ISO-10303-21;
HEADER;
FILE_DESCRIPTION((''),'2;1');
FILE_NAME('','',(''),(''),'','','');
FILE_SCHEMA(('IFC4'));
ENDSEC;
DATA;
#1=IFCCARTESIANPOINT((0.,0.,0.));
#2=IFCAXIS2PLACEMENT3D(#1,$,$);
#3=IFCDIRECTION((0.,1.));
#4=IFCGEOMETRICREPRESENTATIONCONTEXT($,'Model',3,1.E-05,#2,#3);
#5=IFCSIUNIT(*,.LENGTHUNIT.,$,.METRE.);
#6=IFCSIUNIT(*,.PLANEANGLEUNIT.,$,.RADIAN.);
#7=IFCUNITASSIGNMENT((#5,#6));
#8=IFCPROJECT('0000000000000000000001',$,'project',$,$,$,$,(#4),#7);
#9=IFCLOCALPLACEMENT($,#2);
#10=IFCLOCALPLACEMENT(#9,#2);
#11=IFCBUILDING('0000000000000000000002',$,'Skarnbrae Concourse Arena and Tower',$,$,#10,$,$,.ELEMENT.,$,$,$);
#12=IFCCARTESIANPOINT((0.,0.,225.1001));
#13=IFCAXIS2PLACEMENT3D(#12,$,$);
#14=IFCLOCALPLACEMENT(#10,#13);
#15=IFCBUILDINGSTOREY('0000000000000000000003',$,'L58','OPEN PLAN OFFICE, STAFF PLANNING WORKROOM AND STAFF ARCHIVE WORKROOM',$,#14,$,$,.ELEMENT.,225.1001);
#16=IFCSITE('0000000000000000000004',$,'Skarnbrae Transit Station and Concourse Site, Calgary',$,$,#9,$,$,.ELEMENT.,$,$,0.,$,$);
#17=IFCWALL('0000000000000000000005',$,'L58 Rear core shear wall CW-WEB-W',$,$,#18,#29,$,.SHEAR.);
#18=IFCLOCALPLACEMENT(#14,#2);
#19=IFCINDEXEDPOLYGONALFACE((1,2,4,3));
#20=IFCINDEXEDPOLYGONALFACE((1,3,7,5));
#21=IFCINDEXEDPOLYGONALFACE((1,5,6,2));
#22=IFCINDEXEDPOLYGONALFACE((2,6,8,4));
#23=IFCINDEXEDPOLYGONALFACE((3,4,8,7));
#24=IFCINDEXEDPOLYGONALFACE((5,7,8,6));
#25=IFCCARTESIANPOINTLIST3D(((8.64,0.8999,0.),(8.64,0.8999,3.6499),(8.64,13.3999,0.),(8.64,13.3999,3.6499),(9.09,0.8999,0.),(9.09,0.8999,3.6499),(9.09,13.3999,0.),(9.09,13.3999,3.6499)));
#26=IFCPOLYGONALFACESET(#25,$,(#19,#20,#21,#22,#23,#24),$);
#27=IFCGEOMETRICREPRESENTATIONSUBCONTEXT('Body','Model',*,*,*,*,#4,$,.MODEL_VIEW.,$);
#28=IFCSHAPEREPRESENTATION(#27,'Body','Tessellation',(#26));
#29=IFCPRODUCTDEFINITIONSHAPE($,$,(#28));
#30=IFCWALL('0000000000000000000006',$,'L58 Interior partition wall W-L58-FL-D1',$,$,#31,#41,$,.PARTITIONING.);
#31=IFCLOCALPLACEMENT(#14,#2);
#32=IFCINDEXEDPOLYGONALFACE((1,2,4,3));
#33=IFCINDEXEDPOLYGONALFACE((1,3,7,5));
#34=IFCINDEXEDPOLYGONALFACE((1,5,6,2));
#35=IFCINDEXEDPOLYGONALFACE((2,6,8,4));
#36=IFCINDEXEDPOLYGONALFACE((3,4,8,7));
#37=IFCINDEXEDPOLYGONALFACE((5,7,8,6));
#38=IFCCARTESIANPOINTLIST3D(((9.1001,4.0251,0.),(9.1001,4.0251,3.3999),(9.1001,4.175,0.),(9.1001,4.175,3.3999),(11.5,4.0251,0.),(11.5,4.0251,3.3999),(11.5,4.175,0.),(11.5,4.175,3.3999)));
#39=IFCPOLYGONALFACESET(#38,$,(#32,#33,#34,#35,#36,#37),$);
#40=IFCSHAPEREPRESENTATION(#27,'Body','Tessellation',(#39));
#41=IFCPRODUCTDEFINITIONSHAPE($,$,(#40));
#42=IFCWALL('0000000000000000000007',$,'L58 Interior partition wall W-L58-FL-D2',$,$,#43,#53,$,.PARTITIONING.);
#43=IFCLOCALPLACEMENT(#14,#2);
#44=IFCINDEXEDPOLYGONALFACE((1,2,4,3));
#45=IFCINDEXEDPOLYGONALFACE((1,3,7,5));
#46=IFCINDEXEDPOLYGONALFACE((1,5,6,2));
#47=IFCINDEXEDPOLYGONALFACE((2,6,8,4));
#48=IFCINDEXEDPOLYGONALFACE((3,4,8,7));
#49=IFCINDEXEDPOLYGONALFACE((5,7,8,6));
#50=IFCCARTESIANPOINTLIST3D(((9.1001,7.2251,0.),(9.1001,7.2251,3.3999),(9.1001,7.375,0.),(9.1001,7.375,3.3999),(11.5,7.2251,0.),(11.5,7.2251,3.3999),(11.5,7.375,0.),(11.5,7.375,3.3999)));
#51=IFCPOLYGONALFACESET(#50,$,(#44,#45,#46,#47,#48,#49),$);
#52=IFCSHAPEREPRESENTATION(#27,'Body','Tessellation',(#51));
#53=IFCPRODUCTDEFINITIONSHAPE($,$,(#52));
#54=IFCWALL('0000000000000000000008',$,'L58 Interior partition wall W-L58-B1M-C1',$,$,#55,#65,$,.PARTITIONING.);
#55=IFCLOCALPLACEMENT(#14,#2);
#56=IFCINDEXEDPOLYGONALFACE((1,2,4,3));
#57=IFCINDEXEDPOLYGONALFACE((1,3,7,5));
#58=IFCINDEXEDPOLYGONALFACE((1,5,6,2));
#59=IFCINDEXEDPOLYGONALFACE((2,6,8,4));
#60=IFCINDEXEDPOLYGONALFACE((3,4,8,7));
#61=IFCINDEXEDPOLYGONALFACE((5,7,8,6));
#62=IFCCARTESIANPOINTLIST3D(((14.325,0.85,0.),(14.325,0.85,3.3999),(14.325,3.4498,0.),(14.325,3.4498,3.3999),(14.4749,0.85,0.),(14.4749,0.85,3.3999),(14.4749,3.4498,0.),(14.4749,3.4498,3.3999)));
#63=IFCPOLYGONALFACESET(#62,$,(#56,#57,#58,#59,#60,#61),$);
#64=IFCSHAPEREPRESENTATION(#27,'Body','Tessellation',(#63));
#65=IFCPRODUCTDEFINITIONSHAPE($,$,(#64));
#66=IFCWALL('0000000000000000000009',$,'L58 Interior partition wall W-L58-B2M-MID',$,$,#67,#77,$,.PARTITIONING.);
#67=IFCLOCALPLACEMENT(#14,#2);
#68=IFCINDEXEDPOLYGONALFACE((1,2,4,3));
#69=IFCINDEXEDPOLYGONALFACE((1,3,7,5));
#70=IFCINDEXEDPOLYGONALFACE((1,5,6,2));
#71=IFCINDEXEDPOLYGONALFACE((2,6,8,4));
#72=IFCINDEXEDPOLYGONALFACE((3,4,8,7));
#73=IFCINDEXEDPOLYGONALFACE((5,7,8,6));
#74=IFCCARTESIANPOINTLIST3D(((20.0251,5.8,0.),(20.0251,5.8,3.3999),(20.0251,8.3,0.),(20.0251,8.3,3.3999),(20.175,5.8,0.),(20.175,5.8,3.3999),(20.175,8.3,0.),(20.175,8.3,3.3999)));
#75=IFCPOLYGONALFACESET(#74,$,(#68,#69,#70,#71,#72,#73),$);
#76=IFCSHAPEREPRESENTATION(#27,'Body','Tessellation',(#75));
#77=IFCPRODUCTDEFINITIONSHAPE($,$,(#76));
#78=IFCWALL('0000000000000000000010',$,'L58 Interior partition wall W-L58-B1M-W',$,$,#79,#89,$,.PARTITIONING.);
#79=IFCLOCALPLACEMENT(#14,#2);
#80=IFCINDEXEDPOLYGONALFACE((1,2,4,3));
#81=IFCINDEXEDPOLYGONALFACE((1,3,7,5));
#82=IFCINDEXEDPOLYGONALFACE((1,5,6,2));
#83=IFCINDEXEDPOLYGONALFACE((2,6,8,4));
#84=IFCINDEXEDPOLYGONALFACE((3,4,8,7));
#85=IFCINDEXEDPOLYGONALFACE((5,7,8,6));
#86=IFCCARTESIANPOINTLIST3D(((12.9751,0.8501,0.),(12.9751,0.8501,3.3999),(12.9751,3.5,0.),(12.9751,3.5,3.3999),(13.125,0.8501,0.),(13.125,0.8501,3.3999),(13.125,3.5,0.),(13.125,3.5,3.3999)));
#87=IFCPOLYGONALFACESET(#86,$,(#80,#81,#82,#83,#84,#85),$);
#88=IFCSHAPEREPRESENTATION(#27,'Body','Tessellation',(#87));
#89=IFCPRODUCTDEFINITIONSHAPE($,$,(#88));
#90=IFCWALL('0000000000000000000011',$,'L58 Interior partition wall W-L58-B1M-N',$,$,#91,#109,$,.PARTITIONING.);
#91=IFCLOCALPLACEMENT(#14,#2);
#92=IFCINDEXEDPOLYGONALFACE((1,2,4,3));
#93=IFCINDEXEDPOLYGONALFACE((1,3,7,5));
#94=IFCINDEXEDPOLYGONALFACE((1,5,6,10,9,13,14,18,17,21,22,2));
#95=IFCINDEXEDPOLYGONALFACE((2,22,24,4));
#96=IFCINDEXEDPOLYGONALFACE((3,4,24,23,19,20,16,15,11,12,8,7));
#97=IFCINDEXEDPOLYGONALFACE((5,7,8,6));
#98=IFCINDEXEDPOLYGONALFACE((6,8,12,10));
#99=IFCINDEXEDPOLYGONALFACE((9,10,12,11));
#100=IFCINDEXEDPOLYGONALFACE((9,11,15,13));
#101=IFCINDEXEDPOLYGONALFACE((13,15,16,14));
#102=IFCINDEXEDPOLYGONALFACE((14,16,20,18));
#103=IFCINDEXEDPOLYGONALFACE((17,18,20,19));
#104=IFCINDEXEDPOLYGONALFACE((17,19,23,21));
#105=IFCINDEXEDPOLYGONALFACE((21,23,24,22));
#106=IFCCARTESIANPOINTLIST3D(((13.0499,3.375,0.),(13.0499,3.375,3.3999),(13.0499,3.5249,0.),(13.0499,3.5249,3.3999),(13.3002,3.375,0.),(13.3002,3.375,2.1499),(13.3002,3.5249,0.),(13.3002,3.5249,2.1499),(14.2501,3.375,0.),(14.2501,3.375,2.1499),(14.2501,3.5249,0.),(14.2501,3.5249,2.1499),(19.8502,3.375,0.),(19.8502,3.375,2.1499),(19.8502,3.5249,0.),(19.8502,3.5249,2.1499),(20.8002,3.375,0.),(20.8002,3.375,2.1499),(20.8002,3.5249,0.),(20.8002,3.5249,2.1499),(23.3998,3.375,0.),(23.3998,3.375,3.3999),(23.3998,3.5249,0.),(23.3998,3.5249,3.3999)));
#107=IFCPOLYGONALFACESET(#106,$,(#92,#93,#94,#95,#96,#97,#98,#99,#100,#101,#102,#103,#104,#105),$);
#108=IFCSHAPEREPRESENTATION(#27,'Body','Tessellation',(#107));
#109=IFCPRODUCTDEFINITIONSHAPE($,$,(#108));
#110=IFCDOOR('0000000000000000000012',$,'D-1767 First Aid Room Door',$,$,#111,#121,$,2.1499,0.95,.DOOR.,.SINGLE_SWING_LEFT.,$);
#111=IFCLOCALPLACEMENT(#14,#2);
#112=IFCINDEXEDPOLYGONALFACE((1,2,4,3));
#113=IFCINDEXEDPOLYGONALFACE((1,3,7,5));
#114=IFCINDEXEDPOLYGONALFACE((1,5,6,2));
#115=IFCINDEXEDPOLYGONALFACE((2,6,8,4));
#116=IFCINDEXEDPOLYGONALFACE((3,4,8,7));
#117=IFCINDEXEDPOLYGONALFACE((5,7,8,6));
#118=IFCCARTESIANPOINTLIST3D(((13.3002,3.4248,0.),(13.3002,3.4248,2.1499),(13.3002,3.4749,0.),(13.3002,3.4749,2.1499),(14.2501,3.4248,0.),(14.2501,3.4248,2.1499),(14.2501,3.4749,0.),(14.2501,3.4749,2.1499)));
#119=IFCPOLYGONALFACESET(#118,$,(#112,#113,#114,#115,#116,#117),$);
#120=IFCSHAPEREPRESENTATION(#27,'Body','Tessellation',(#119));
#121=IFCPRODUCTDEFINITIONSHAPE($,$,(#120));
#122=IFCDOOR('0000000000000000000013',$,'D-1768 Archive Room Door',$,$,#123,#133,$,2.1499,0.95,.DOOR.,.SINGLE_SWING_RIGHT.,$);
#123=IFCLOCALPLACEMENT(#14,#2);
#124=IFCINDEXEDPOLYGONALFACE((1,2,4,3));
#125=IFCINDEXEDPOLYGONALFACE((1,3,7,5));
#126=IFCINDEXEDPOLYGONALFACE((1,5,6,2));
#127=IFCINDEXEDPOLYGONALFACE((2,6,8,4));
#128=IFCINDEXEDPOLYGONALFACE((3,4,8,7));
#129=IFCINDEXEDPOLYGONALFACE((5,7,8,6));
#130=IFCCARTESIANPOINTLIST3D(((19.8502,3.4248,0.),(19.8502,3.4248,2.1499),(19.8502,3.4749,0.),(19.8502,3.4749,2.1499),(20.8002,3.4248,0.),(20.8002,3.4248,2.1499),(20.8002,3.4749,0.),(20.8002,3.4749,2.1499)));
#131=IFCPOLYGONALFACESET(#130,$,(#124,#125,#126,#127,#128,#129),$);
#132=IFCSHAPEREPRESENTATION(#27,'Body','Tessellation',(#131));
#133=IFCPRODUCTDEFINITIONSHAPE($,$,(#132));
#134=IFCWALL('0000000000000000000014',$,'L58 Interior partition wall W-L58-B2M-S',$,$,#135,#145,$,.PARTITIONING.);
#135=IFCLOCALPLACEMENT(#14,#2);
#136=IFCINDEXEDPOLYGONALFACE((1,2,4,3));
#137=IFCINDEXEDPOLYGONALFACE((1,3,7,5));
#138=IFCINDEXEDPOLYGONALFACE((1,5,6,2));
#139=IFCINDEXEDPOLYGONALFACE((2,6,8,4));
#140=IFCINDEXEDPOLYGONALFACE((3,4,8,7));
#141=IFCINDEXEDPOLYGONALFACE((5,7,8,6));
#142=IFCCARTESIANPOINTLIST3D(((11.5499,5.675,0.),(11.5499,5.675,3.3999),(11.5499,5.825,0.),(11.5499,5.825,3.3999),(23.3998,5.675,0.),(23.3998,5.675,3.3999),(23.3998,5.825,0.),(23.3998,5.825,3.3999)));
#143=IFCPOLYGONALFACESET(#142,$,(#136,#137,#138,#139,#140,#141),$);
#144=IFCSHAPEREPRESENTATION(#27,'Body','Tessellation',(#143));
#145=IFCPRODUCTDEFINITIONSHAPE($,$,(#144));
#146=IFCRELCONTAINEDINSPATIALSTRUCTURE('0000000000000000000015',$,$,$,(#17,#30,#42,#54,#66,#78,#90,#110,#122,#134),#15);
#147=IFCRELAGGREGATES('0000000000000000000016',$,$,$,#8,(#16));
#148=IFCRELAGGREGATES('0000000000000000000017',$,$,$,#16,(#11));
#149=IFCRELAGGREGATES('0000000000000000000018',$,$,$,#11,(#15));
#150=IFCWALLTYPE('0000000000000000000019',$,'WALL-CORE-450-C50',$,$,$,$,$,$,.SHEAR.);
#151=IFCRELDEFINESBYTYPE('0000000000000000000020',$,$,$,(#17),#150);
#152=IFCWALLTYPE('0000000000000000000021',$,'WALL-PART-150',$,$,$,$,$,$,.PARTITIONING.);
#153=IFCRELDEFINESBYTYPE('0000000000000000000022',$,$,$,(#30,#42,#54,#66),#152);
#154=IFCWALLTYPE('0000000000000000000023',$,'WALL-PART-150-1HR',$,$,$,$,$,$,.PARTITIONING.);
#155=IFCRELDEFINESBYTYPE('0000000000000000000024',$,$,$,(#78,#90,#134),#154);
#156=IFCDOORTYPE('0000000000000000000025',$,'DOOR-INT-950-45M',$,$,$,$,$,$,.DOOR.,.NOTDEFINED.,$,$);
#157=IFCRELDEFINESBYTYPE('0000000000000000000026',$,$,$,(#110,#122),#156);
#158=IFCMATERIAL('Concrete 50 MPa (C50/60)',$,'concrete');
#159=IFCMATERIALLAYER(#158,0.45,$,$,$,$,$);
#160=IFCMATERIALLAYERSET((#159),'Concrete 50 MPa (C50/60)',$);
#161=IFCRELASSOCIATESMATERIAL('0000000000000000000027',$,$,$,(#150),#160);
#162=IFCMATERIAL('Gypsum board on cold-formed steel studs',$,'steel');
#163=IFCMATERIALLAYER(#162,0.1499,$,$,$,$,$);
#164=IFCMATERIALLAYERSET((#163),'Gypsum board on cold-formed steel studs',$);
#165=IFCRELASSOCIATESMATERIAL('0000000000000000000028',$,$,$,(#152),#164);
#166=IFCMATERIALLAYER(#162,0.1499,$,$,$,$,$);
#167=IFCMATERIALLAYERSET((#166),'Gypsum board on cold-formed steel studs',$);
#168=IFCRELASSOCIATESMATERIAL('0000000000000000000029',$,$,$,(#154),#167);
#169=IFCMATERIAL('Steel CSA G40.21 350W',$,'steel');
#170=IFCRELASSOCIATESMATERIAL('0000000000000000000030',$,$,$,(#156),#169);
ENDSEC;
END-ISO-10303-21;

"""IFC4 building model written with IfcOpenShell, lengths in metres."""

from ifc_helpers import new_model, si_unit, direction, frame, frame_2d, origin, place, context, subcontext, project, spatial, rectangle, extrude, source, transform, mapped, material, layer, layer_set, type_object, element, fill, save


model = new_model("IFC4")

# Units and contexts
model_context = context("Model", 3, precision=1e-05, world=origin(), true_north=direction((0.0, 1.0)))
body_context = subcontext(model_context, "Body", "Model", "MODEL_VIEW")
ifc_project = project(units=[si_unit("LENGTHUNIT", "METRE"), si_unit("PLANEANGLEUNIT", "RADIAN")], contexts=[model_context])

# Site, building, storey
site_placement = place(None, origin())
site = spatial("IfcSite", under=ifc_project, at=site_placement, Name="Skarnbrae Transit Station and Concourse Site, Calgary", CompositionType="ELEMENT", RefElevation=0.0)
building_placement = place(site_placement, origin())
building = spatial("IfcBuilding", under=site, at=building_placement, Name="Skarnbrae Concourse Arena and Tower", CompositionType="ELEMENT")
storey_placement = place(building_placement, frame((0.0, 0.0, 225.1001)))
storey = spatial("IfcBuildingStorey", under=building, at=storey_placement, Name="L58", Description="OPEN PLAN OFFICE, STAFF PLANNING WORKROOM AND STAFF ARCHIVE WORKROOM", CompositionType="ELEMENT", Elevation=225.1001)

# Wall
ifc_material_1 = material(Name="Concrete 50 MPa (C50/60)", Category="concrete")
ifc_layer_1 = layer(ifc_material_1, 0.45)
ifc_layer_set_1 = layer_set([ifc_layer_1], Name="Concrete 50 MPa (C50/60)")
wall_type_1 = type_object("IfcWallType", Name="WALL-CORE-450-C50", PredefinedType="SHEAR", material=ifc_layer_set_1)
shared_shape_1 = source(origin(), body_context, "Body", "SweptSolid", [
    extrude(rectangle(XDim=12.5, YDim=0.45, at=frame_2d((6.25, 0.0))), origin(), (0.0, 0.0, 1.0), 3.6499),
])
wall_1_placement = place(storey_placement, frame((8.865, 0.8999, 0.0), z_axis=(0.0, 0.0, 1.0), x_axis=(0.0, 1.0, 0.0)))
element("IfcWall", 1, at=wall_1_placement, inside=storey, type_object=wall_type_1, Name="L58 Rear core shear wall CW-WEB-W", PredefinedType="SHEAR", context=body_context, shape_type="MappedRepresentation", body=[
    mapped(shared_shape_1, transform((0.0, 0.0, 0.0))),
])

# Shared definitions
ifc_material_2 = material(Name="Gypsum board on cold-formed steel studs", Category="steel")
ifc_material_3 = material(Name="Steel CSA G40.21 350W", Category="steel")

# Walls
ifc_layer_2 = layer(ifc_material_2, 0.1499)
ifc_layer_set_2 = layer_set([ifc_layer_2], Name="Gypsum board on cold-formed steel studs")
wall_type_2 = type_object("IfcWallType", Name="WALL-PART-150", PredefinedType="PARTITIONING", material=ifc_layer_set_2)
shared_shape_2 = source(origin(), body_context, "Body", "SweptSolid", [
    extrude(rectangle(XDim=2.3999, YDim=0.1499, at=frame_2d((1.2, 0.0))), origin(), (0.0, 0.0, 1.0), 3.3999),
])
for number, where, z_axis, x_axis, name in (
    (2, (9.1001, 4.1001, 0.0), (0.0, 0.0, 1.0), (1.0, 0.0, 0.0), "L58 Interior partition wall W-L58-FL-D1"),
    (3, (9.1001, 7.3, 0.0), (0.0, 0.0, 1.0), (1.0, 0.0, 0.0), "L58 Interior partition wall W-L58-FL-D2"),
):
    element("IfcWall", number, at=place(storey_placement, frame(where, z_axis=z_axis, x_axis=x_axis)), inside=storey, type_object=wall_type_2, Name=name, PredefinedType="PARTITIONING", context=body_context, shape_type="MappedRepresentation", body=[
        mapped(shared_shape_2, transform((0.0, 0.0, 0.0))),
    ])
shared_shape_3 = source(origin(), body_context, "Body", "SweptSolid", [
    extrude(rectangle(XDim=2.5999, YDim=0.1499, at=frame_2d((1.2998, 0.0))), origin(), (0.0, 0.0, 1.0), 3.3999),
])
wall_2_placement = place(storey_placement, frame((14.3999, 0.8501, 0.0), z_axis=(0.0, 0.0, 1.0), x_axis=(0.0, 1.0, 0.0)))
element("IfcWall", 4, at=wall_2_placement, inside=storey, type_object=wall_type_2, Name="L58 Interior partition wall W-L58-B1M-C1", PredefinedType="PARTITIONING", context=body_context, shape_type="MappedRepresentation", body=[
    mapped(shared_shape_3, transform((0.0, 0.0, 0.0))),
])
shared_shape_4 = source(origin(), body_context, "Body", "SweptSolid", [
    extrude(rectangle(XDim=2.5, YDim=0.1499, at=frame_2d((1.25, 0.0))), origin(), (0.0, 0.0, 1.0), 3.3999),
])
wall_3_placement = place(storey_placement, frame((20.1001, 5.8, 0.0), z_axis=(0.0, 0.0, 1.0), x_axis=(0.0, 1.0, 0.0)))
element("IfcWall", 5, at=wall_3_placement, inside=storey, type_object=wall_type_2, Name="L58 Interior partition wall W-L58-B2M-MID", PredefinedType="PARTITIONING", context=body_context, shape_type="MappedRepresentation", body=[
    mapped(shared_shape_4, transform((0.0, 0.0, 0.0))),
])
ifc_layer_3 = layer(ifc_material_2, 0.1499)
ifc_layer_set_3 = layer_set([ifc_layer_3], Name="Gypsum board on cold-formed steel studs")
wall_type_3 = type_object("IfcWallType", Name="WALL-PART-150-1HR", PredefinedType="PARTITIONING", material=ifc_layer_set_3)
shared_shape_5 = source(origin(), body_context, "Body", "SweptSolid", [
    extrude(rectangle(XDim=2.6499, YDim=0.1499, at=frame_2d((1.325, 0.0))), origin(), (0.0, 0.0, 1.0), 3.3999),
])
wall_4_placement = place(storey_placement, frame((13.05, 0.8501, 0.0), z_axis=(0.0, 0.0, 1.0), x_axis=(0.0, 1.0, 0.0)))
element("IfcWall", 6, at=wall_4_placement, inside=storey, type_object=wall_type_3, Name="L58 Interior partition wall W-L58-B1M-W", PredefinedType="PARTITIONING", context=body_context, shape_type="MappedRepresentation", body=[
    mapped(shared_shape_5, transform((0.0, 0.0, 0.0))),
])

# Wall, openings, doors
shared_shape_6 = source(origin(), body_context, "Body", "SweptSolid", [
    extrude(rectangle(XDim=10.3499, YDim=0.1499, at=frame_2d((5.1748, 0.0))), origin(), (0.0, 0.0, 1.0), 3.3999),
])
wall_5_placement = place(storey_placement, frame((13.05, 3.45, 0.0), z_axis=(0.0, 0.0, 1.0), x_axis=(1.0, 0.0, 0.0)))
wall_5 = element("IfcWall", 7, at=wall_5_placement, inside=storey, type_object=wall_type_3, Name="L58 Interior partition wall W-L58-B1M-N", PredefinedType="PARTITIONING", context=body_context, shape_type="MappedRepresentation", body=[
    mapped(shared_shape_6, transform((0.0, 0.0, 0.0))),
])
opening_1_placement = place(wall_5_placement, frame((0.25, 0.0, 0.0)))
opening_1 = element("IfcOpeningElement", 8, at=opening_1_placement, cuts=wall_5, PredefinedType="OPENING", context=body_context, shape_type="SweptSolid", body=[
    extrude(rectangle(XDim=0.95, YDim=2.1499, at=frame_2d((0.4751, 1.075))), frame((0.0, 0.085, 0.0), z_axis=(0.0, -1.0, 0.0), x_axis=(1.0, 0.0, 0.0)), (0.0, 0.0, 1.0), 0.1699),
])
opening_2_placement = place(wall_5_placement, frame((6.8, 0.0, 0.0)))
opening_2 = element("IfcOpeningElement", 9, at=opening_2_placement, cuts=wall_5, PredefinedType="OPENING", context=body_context, shape_type="SweptSolid", body=[
    extrude(rectangle(XDim=0.95, YDim=2.1499, at=frame_2d((0.4751, 1.075))), frame((0.0, 0.085, 0.0), z_axis=(0.0, -1.0, 0.0), x_axis=(1.0, 0.0, 0.0)), (0.0, 0.0, 1.0), 0.1699),
])
door_type_1 = type_object("IfcDoorType", Name="DOOR-INT-950-45M", OperationType="NOTDEFINED", PredefinedType="DOOR", material=ifc_material_3)
shared_shape_7 = source(origin(), body_context, "Body", "SweptSolid", [
    extrude(rectangle(XDim=0.95, YDim=2.1499, at=frame_2d((0.4751, 1.075))), frame((0.0, 0.0249, 0.0), z_axis=(0.0, -1.0, 0.0), x_axis=(1.0, 0.0, 0.0)), (0.0, 0.0, 1.0), 0.05),
])
door_1_placement = place(opening_1_placement, origin())
door_1 = element("IfcDoor", 10, at=door_1_placement, inside=storey, type_object=door_type_1, Name="D-1767 First Aid Room Door", OperationType="SINGLE_SWING_LEFT", OverallHeight=2.1499, OverallWidth=0.95, PredefinedType="DOOR", context=body_context, shape_type="MappedRepresentation", body=[
    mapped(shared_shape_7, transform((0.0, 0.0, 0.0))),
])
fill(opening_1, door_1)
door_2_placement = place(opening_2_placement, origin())
door_2 = element("IfcDoor", 11, at=door_2_placement, inside=storey, type_object=door_type_1, Name="D-1768 Archive Room Door", OperationType="SINGLE_SWING_RIGHT", OverallHeight=2.1499, OverallWidth=0.95, PredefinedType="DOOR", context=body_context, shape_type="MappedRepresentation", body=[
    mapped(shared_shape_7, transform((0.0, 0.0, 0.0))),
])
fill(opening_2, door_2)

# Wall
shared_shape_8 = source(origin(), body_context, "Body", "SweptSolid", [
    extrude(rectangle(XDim=11.8499, YDim=0.1499, at=frame_2d((5.9248, 0.0))), origin(), (0.0, 0.0, 1.0), 3.3999),
])
wall_6_placement = place(storey_placement, frame((11.55, 5.75, 0.0), z_axis=(0.0, 0.0, 1.0), x_axis=(1.0, 0.0, 0.0)))
element("IfcWall", 12, at=wall_6_placement, inside=storey, type_object=wall_type_3, Name="L58 Interior partition wall W-L58-B2M-S", PredefinedType="PARTITIONING", context=body_context, shape_type="MappedRepresentation", body=[
    mapped(shared_shape_8, transform((0.0, 0.0, 0.0))),
])

save(model, "model.ifc")
